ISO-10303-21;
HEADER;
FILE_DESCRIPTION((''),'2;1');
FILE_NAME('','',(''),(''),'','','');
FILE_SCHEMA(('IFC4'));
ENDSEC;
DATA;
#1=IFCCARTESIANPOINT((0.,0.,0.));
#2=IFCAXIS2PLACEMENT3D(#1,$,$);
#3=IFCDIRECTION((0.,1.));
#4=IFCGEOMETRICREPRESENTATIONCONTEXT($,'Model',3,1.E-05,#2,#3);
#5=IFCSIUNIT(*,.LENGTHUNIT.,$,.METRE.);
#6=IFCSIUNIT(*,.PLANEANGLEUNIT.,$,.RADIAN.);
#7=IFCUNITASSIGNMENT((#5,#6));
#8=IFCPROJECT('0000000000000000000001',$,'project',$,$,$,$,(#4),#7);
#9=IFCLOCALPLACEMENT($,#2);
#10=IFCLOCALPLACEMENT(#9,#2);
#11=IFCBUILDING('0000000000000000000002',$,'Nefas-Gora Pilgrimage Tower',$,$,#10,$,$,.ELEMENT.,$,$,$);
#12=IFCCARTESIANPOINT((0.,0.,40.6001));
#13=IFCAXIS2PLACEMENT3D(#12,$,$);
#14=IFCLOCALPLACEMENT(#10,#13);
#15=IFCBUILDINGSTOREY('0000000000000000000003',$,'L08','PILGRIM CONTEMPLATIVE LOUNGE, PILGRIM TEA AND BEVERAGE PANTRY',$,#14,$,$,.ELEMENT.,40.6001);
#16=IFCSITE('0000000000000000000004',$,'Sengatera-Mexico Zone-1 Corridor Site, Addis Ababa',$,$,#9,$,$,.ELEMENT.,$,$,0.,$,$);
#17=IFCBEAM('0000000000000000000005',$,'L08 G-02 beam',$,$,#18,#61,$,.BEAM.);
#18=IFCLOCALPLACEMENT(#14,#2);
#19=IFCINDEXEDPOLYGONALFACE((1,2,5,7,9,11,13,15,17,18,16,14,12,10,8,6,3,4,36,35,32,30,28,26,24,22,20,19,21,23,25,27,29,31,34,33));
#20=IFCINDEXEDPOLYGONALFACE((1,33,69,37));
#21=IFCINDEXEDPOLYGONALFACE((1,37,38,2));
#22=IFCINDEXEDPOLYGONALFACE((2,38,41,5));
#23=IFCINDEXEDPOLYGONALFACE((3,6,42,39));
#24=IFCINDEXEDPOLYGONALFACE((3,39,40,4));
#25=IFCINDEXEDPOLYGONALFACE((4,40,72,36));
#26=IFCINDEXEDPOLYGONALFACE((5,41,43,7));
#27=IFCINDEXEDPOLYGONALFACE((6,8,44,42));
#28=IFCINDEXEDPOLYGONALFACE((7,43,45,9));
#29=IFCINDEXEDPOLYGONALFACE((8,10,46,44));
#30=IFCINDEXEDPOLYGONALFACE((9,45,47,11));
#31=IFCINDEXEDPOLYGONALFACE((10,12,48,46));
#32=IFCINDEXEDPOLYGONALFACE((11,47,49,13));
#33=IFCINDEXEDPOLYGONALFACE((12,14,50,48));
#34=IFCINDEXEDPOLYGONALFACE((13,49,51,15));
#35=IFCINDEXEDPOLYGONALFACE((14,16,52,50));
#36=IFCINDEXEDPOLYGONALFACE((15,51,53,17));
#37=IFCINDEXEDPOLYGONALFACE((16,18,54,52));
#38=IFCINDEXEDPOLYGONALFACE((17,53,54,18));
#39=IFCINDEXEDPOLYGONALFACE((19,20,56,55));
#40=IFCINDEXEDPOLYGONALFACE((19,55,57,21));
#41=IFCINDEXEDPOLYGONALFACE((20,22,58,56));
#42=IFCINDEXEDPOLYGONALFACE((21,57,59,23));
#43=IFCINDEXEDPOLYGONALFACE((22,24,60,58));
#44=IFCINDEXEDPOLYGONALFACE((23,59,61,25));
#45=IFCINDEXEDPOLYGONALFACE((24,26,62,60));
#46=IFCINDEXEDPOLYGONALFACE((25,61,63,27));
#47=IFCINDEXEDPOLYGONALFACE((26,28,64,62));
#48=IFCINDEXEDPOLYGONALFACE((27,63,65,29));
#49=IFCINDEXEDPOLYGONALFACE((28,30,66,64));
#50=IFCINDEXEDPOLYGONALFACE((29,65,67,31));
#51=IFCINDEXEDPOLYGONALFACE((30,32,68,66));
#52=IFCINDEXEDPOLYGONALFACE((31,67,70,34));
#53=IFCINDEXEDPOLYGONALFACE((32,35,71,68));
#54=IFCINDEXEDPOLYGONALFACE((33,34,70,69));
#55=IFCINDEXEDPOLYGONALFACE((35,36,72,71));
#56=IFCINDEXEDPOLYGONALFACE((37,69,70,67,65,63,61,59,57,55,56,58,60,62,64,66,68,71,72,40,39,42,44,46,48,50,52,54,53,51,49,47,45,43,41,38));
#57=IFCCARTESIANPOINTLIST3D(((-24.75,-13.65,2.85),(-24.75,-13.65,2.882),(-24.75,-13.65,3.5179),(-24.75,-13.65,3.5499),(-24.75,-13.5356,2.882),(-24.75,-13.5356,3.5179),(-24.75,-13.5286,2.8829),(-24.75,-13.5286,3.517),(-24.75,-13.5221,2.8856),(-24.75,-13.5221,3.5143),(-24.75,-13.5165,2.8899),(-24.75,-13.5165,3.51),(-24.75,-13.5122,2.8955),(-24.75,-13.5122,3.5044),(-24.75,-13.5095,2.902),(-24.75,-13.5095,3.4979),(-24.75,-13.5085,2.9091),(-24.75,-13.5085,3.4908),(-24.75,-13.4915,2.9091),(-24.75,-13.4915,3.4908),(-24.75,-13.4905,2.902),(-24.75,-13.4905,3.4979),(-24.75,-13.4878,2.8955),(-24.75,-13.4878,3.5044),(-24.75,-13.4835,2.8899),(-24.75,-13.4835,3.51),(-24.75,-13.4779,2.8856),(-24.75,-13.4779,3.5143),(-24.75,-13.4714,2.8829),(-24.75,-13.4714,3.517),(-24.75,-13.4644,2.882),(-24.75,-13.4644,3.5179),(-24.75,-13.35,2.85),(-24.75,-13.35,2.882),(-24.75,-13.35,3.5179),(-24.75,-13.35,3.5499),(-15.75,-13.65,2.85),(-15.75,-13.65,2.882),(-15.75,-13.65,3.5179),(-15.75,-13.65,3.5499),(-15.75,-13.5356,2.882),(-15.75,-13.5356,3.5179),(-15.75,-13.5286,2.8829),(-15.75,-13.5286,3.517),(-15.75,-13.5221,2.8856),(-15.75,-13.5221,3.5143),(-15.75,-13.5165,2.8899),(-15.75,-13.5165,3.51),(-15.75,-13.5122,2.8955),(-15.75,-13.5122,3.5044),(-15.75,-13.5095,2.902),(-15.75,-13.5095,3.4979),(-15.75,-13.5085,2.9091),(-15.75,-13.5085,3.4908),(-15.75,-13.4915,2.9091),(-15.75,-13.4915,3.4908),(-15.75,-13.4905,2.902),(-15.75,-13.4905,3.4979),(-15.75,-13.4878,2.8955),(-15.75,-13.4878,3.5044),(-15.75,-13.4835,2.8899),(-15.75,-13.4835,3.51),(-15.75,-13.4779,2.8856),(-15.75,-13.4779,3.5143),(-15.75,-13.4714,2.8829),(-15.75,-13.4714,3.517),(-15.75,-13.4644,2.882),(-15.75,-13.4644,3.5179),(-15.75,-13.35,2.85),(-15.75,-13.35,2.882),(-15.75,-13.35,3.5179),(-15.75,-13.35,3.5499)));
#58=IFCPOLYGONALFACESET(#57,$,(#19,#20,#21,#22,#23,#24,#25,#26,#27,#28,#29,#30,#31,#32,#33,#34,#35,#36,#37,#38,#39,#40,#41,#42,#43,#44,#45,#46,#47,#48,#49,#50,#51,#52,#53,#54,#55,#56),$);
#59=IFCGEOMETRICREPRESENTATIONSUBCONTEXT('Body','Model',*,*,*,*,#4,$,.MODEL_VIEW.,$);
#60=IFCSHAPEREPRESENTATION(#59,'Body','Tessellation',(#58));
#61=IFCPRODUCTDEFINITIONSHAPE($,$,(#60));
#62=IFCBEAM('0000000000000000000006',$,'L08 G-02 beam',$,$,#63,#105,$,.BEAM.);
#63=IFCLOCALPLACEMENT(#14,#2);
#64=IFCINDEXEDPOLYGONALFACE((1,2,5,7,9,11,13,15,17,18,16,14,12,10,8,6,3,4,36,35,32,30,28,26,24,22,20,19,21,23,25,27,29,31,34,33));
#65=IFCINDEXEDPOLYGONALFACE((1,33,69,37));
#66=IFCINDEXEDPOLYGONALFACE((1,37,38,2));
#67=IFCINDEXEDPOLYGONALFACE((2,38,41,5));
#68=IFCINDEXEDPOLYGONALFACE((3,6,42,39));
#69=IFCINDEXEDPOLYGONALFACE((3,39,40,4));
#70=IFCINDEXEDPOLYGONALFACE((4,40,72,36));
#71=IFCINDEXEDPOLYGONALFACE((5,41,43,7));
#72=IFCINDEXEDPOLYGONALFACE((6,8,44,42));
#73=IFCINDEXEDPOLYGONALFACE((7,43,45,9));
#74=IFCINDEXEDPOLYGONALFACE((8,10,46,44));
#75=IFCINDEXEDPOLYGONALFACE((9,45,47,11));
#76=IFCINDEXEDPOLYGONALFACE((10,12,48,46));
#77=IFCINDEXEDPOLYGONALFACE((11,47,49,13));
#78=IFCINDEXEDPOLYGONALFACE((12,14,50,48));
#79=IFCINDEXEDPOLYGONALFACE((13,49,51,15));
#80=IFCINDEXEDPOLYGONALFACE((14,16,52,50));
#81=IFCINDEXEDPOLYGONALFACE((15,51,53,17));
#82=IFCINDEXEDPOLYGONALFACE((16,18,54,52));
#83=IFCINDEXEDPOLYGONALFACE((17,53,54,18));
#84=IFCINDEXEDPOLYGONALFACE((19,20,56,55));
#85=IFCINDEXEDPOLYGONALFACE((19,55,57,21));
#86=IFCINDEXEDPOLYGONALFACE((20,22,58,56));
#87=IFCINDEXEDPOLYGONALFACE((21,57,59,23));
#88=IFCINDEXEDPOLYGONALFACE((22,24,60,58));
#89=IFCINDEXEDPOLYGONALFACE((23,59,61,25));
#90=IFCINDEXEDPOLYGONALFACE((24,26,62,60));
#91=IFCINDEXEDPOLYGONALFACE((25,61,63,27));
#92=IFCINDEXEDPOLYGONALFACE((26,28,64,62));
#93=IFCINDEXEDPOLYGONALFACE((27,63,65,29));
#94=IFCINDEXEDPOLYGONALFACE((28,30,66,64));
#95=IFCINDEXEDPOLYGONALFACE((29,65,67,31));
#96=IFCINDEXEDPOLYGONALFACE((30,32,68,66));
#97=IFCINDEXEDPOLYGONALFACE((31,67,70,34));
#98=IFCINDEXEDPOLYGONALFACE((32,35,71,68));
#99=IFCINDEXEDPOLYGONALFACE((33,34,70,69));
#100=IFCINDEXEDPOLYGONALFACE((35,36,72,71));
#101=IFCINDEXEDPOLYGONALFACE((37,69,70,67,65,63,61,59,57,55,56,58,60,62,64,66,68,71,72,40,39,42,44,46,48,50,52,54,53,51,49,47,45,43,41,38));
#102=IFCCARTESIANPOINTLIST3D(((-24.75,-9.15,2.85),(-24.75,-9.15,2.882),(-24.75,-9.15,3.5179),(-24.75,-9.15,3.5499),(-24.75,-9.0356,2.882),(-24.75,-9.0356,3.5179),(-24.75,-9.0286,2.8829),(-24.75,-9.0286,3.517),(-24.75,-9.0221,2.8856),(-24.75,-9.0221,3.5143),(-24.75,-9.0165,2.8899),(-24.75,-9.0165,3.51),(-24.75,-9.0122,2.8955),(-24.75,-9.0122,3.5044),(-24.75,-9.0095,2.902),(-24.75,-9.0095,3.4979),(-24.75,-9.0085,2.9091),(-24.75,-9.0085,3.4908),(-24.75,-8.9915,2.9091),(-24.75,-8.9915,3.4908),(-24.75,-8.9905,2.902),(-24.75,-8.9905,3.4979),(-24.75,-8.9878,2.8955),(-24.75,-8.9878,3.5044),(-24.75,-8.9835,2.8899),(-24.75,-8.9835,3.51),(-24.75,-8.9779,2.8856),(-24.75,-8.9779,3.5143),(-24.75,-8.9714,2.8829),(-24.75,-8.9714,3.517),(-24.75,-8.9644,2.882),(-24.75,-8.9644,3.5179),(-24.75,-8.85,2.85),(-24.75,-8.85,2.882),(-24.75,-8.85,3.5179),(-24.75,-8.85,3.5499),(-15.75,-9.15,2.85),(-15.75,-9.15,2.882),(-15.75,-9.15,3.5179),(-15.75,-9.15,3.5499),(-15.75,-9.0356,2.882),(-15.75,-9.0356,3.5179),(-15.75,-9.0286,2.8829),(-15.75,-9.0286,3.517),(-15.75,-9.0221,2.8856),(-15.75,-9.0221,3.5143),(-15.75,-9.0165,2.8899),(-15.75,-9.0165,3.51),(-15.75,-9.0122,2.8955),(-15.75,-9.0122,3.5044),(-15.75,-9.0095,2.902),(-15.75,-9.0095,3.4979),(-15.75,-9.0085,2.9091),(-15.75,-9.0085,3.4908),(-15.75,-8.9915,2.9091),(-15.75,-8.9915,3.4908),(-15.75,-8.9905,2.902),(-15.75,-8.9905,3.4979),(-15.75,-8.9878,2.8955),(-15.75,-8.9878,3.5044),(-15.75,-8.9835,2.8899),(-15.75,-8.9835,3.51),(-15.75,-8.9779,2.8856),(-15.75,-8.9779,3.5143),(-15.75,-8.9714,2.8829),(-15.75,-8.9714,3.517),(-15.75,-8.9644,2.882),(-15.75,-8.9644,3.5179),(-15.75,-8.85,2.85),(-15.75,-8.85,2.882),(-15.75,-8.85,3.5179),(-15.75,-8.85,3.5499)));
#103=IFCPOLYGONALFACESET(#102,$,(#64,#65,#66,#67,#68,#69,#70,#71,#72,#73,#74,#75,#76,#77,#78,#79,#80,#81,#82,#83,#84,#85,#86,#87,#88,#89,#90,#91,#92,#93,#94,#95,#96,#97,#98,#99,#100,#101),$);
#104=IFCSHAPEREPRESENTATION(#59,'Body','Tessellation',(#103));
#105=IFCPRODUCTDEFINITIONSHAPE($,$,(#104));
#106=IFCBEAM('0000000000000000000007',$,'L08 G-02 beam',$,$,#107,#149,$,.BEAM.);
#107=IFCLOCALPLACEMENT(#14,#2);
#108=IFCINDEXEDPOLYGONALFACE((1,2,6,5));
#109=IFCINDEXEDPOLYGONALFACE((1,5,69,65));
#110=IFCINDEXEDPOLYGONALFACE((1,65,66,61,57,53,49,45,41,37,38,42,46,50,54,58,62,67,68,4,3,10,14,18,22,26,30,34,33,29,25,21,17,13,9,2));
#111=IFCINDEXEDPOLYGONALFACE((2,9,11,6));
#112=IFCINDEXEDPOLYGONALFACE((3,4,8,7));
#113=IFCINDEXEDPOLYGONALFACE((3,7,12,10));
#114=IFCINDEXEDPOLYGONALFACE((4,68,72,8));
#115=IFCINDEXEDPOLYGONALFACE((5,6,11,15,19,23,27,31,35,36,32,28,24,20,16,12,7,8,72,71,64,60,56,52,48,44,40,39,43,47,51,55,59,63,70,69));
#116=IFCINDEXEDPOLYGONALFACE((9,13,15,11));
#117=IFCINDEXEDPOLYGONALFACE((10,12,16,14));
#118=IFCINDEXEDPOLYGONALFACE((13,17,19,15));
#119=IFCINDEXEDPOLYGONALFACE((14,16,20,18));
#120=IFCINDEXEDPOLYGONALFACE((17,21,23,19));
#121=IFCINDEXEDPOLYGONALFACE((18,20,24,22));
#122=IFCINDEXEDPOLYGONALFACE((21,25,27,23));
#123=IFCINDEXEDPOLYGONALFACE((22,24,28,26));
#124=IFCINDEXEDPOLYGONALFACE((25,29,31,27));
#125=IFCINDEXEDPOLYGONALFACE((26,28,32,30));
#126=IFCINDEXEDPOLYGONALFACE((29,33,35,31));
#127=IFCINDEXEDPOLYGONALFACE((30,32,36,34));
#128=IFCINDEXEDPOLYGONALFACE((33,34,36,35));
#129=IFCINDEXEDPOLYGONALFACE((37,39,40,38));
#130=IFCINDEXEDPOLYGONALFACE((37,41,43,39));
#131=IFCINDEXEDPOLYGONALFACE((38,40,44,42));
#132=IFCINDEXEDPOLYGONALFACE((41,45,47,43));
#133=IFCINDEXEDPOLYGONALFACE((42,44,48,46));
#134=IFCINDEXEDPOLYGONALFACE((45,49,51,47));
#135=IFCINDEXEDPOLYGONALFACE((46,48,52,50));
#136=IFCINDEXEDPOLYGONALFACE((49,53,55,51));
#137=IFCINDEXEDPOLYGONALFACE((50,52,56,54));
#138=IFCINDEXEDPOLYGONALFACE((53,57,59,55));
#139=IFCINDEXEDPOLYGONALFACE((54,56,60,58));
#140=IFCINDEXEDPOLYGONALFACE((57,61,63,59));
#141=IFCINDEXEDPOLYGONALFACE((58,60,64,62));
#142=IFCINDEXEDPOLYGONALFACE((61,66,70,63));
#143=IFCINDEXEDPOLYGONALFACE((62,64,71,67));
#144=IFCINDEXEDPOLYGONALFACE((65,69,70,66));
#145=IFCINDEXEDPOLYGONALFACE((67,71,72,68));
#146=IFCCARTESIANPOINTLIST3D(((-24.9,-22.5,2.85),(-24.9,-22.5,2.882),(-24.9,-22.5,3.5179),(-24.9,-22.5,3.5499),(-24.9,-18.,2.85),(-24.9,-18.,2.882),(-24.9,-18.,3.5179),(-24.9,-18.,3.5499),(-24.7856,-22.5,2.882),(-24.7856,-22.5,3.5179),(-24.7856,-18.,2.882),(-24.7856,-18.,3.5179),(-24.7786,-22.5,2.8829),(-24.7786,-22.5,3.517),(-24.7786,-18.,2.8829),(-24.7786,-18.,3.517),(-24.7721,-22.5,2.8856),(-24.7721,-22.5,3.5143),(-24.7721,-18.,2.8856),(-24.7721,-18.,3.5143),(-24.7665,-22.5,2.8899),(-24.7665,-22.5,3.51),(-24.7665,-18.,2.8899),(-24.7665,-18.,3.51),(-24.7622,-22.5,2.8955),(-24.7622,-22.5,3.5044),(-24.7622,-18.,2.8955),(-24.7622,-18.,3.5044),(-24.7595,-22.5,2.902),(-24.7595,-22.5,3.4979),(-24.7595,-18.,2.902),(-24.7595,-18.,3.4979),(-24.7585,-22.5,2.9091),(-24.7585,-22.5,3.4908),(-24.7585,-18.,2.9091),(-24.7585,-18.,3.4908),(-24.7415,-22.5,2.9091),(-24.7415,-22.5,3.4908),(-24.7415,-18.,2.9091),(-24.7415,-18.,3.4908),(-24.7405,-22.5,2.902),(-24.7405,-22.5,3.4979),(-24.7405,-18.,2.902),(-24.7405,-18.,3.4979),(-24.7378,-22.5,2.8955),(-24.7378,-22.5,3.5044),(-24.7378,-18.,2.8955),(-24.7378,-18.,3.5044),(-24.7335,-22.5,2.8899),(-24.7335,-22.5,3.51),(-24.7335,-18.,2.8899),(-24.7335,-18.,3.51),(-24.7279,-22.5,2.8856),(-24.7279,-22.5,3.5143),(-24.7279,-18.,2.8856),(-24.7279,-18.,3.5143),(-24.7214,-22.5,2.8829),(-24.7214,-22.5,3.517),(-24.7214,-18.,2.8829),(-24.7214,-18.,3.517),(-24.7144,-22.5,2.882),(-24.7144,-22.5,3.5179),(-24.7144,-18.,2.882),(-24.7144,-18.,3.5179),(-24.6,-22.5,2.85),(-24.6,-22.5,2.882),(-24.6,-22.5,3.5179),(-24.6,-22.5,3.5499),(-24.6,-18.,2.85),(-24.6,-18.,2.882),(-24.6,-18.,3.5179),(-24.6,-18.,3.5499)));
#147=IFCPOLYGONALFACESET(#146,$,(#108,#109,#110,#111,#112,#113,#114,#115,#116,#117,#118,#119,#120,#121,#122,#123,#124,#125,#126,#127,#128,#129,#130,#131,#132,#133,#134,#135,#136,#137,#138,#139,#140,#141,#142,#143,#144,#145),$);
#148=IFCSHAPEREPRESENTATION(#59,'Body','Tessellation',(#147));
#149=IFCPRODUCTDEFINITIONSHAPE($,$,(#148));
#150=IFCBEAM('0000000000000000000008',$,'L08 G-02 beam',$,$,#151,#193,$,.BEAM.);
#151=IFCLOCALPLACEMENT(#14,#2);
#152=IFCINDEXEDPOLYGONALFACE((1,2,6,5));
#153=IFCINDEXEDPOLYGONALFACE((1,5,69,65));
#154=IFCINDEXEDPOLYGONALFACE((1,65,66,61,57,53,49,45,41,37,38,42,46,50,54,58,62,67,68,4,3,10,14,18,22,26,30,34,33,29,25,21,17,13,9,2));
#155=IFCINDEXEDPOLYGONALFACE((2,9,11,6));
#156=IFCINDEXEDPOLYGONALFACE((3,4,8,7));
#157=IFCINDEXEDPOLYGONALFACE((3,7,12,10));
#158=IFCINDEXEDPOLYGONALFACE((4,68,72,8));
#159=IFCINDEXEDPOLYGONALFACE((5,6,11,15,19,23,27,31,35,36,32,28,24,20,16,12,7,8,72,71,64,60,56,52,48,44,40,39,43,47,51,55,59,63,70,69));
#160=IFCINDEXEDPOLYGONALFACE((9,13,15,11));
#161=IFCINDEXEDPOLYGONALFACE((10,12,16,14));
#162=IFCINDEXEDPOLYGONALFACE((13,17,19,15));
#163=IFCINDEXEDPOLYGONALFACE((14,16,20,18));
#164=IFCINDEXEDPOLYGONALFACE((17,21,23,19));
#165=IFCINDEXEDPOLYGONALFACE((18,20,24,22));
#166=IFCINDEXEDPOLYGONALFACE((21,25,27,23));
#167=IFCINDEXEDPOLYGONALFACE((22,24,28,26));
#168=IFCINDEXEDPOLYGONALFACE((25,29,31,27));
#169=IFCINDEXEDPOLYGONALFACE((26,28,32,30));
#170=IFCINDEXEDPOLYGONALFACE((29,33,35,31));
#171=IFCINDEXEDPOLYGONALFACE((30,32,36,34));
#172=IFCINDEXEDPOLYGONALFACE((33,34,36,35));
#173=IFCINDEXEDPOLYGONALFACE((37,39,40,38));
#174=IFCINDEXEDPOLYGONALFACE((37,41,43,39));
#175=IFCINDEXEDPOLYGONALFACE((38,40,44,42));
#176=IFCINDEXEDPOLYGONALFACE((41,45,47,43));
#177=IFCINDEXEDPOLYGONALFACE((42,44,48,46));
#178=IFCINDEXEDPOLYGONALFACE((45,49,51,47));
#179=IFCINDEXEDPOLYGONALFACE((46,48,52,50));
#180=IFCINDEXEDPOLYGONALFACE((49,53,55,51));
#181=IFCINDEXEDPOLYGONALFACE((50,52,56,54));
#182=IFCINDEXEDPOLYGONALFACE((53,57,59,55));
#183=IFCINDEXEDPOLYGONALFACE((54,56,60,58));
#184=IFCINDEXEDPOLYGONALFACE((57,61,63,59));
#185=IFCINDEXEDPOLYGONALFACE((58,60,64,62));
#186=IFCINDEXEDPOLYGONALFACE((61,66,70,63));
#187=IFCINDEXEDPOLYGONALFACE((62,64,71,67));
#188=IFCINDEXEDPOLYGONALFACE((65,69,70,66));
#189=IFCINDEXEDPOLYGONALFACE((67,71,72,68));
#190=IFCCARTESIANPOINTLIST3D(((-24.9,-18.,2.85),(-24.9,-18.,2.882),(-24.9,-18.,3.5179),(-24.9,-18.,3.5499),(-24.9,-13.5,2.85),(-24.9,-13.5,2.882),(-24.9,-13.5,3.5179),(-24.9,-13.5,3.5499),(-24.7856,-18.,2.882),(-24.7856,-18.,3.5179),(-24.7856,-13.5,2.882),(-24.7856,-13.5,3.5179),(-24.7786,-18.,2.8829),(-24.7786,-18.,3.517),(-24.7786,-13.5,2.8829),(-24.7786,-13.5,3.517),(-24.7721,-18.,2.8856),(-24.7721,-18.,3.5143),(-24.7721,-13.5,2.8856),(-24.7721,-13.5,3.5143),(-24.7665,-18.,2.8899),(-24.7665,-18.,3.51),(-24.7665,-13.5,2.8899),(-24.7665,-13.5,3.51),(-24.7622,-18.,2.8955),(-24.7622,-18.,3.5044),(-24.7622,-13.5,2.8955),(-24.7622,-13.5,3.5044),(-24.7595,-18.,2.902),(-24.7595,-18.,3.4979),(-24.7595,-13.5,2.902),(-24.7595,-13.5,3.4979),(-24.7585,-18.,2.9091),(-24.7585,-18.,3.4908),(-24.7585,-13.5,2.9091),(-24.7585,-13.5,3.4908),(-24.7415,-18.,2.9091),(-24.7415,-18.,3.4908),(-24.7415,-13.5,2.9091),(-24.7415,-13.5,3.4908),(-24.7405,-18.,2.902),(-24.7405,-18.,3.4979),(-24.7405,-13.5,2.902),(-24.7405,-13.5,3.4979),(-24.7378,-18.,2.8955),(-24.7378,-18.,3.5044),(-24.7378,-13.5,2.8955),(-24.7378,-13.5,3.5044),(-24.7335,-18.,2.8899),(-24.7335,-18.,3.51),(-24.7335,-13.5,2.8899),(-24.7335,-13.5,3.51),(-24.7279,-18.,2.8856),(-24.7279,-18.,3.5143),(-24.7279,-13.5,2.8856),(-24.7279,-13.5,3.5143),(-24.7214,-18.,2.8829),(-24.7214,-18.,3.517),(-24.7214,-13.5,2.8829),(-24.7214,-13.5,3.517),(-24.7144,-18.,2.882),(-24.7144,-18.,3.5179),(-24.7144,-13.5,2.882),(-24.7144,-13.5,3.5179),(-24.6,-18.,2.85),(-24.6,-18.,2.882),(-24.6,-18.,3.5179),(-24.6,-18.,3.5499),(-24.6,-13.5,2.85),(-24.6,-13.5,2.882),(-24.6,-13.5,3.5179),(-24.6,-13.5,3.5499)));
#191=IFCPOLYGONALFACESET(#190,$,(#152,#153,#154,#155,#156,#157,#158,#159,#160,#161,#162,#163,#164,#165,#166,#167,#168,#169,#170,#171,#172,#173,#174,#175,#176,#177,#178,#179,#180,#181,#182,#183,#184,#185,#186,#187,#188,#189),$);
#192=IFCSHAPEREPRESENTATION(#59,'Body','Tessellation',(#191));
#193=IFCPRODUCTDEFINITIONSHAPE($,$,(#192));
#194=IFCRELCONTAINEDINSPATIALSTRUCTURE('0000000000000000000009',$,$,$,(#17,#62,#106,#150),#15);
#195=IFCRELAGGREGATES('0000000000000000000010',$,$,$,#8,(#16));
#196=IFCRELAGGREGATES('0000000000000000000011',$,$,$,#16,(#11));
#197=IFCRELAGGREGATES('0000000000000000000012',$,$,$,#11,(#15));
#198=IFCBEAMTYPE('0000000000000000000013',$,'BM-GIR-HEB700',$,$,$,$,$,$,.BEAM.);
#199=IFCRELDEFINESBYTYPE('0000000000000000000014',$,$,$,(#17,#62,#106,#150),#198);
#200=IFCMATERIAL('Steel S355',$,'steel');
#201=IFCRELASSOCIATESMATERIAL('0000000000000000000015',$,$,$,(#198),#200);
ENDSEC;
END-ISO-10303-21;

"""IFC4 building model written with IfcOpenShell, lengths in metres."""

from ifc_helpers import new_model, si_unit, direction, frame, origin, origin_2d, place, context, subcontext, project, spatial, i_section, extrude, source, transform, mapped, material, material_profile, profile_set, type_object, element, save


model = new_model("IFC4")

# Units and contexts
model_context = context("Model", 3, precision=1e-05, world=origin(), true_north=direction((0.0, 1.0)))
body_context = subcontext(model_context, "Body", "Model", "MODEL_VIEW")
ifc_project = project(units=[si_unit("LENGTHUNIT", "METRE"), si_unit("PLANEANGLEUNIT", "RADIAN")], contexts=[model_context])

# Site, building, storey
site_placement = place(None, origin())
site = spatial("IfcSite", under=ifc_project, at=site_placement, Name="Sengatera-Mexico Zone-1 Corridor Site, Addis Ababa", CompositionType="ELEMENT", RefElevation=0.0)
building_placement = place(site_placement, origin())
building = spatial("IfcBuilding", under=site, at=building_placement, Name="Nefas-Gora Pilgrimage Tower", CompositionType="ELEMENT")
storey_placement = place(building_placement, frame((0.0, 0.0, 40.6001)))
storey = spatial("IfcBuildingStorey", under=building, at=storey_placement, Name="L08", Description="PILGRIM CONTEMPLATIVE LOUNGE, PILGRIM TEA AND BEVERAGE PANTRY", CompositionType="ELEMENT", Elevation=40.6001)

# Beams
ifc_material_1 = material(Name="Steel S355", Category="steel")
ifc_material_profile_1 = material_profile(ifc_material_1, i_section(OverallWidth=0.3, OverallDepth=0.7, WebThickness=0.0171, FlangeThickness=0.032, FilletRadius=0.0271, at=origin_2d()), Name="HEB 700")
ifc_profile_set_1 = profile_set([ifc_material_profile_1], Name="Steel S355")
beam_type_1 = type_object("IfcBeamType", Name="BM-GIR-HEB700", PredefinedType="BEAM", material=ifc_profile_set_1)
shared_shape_1 = source(origin(), body_context, "Body", "SweptSolid", [
    extrude(i_section(OverallWidth=0.3, OverallDepth=0.7, WebThickness=0.0171, FlangeThickness=0.032, FilletRadius=0.0271, at=origin_2d()), origin(), (0.0, 0.0, 1.0), 9.0),
])
for number, where, z_axis, x_axis, name in (
    (1, (-24.75, -13.5, 3.2), (1.0, 0.0, 0.0), (0.0, 1.0, 0.0), "L08 G-02 beam"),
    (2, (-24.75, -9.0, 3.2), (1.0, 0.0, 0.0), (0.0, 1.0, 0.0), "L08 G-02 beam"),
):
    element("IfcBeam", number, at=place(storey_placement, frame(where, z_axis=z_axis, x_axis=x_axis)), inside=storey, type_object=beam_type_1, Name=name, PredefinedType="BEAM", context=body_context, shape_type="MappedRepresentation", body=[
        mapped(shared_shape_1, transform((0.0, 0.0, 0.0), x_axis=(1.0, 0.0, 0.0), y_axis=(0.0, 1.0, 0.0), z_axis=(0.0, 0.0, 1.0), scale=1.0)),
    ])
shared_shape_2 = source(origin(), body_context, "Body", "SweptSolid", [
    extrude(i_section(OverallWidth=0.3, OverallDepth=0.7, WebThickness=0.0171, FlangeThickness=0.032, FilletRadius=0.0271, at=origin_2d()), origin(), (0.0, 0.0, 1.0), 4.5),
])
for number, where, z_axis, x_axis, name in (
    (3, (-24.75, -22.5, 3.2), (0.0, 1.0, 0.0), (-1.0, 0.0, 0.0), "L08 G-02 beam"),
    (4, (-24.75, -18.0, 3.2), (0.0, 1.0, 0.0), (-1.0, 0.0, 0.0), "L08 G-02 beam"),
):
    element("IfcBeam", number, at=place(storey_placement, frame(where, z_axis=z_axis, x_axis=x_axis)), inside=storey, type_object=beam_type_1, Name=name, PredefinedType="BEAM", context=body_context, shape_type="MappedRepresentation", body=[
        mapped(shared_shape_2, transform((0.0, 0.0, 0.0), x_axis=(1.0, 0.0, 0.0), y_axis=(0.0, 1.0, 0.0), z_axis=(0.0, 0.0, 1.0), scale=1.0)),
    ])

save(model, "model.ifc")
